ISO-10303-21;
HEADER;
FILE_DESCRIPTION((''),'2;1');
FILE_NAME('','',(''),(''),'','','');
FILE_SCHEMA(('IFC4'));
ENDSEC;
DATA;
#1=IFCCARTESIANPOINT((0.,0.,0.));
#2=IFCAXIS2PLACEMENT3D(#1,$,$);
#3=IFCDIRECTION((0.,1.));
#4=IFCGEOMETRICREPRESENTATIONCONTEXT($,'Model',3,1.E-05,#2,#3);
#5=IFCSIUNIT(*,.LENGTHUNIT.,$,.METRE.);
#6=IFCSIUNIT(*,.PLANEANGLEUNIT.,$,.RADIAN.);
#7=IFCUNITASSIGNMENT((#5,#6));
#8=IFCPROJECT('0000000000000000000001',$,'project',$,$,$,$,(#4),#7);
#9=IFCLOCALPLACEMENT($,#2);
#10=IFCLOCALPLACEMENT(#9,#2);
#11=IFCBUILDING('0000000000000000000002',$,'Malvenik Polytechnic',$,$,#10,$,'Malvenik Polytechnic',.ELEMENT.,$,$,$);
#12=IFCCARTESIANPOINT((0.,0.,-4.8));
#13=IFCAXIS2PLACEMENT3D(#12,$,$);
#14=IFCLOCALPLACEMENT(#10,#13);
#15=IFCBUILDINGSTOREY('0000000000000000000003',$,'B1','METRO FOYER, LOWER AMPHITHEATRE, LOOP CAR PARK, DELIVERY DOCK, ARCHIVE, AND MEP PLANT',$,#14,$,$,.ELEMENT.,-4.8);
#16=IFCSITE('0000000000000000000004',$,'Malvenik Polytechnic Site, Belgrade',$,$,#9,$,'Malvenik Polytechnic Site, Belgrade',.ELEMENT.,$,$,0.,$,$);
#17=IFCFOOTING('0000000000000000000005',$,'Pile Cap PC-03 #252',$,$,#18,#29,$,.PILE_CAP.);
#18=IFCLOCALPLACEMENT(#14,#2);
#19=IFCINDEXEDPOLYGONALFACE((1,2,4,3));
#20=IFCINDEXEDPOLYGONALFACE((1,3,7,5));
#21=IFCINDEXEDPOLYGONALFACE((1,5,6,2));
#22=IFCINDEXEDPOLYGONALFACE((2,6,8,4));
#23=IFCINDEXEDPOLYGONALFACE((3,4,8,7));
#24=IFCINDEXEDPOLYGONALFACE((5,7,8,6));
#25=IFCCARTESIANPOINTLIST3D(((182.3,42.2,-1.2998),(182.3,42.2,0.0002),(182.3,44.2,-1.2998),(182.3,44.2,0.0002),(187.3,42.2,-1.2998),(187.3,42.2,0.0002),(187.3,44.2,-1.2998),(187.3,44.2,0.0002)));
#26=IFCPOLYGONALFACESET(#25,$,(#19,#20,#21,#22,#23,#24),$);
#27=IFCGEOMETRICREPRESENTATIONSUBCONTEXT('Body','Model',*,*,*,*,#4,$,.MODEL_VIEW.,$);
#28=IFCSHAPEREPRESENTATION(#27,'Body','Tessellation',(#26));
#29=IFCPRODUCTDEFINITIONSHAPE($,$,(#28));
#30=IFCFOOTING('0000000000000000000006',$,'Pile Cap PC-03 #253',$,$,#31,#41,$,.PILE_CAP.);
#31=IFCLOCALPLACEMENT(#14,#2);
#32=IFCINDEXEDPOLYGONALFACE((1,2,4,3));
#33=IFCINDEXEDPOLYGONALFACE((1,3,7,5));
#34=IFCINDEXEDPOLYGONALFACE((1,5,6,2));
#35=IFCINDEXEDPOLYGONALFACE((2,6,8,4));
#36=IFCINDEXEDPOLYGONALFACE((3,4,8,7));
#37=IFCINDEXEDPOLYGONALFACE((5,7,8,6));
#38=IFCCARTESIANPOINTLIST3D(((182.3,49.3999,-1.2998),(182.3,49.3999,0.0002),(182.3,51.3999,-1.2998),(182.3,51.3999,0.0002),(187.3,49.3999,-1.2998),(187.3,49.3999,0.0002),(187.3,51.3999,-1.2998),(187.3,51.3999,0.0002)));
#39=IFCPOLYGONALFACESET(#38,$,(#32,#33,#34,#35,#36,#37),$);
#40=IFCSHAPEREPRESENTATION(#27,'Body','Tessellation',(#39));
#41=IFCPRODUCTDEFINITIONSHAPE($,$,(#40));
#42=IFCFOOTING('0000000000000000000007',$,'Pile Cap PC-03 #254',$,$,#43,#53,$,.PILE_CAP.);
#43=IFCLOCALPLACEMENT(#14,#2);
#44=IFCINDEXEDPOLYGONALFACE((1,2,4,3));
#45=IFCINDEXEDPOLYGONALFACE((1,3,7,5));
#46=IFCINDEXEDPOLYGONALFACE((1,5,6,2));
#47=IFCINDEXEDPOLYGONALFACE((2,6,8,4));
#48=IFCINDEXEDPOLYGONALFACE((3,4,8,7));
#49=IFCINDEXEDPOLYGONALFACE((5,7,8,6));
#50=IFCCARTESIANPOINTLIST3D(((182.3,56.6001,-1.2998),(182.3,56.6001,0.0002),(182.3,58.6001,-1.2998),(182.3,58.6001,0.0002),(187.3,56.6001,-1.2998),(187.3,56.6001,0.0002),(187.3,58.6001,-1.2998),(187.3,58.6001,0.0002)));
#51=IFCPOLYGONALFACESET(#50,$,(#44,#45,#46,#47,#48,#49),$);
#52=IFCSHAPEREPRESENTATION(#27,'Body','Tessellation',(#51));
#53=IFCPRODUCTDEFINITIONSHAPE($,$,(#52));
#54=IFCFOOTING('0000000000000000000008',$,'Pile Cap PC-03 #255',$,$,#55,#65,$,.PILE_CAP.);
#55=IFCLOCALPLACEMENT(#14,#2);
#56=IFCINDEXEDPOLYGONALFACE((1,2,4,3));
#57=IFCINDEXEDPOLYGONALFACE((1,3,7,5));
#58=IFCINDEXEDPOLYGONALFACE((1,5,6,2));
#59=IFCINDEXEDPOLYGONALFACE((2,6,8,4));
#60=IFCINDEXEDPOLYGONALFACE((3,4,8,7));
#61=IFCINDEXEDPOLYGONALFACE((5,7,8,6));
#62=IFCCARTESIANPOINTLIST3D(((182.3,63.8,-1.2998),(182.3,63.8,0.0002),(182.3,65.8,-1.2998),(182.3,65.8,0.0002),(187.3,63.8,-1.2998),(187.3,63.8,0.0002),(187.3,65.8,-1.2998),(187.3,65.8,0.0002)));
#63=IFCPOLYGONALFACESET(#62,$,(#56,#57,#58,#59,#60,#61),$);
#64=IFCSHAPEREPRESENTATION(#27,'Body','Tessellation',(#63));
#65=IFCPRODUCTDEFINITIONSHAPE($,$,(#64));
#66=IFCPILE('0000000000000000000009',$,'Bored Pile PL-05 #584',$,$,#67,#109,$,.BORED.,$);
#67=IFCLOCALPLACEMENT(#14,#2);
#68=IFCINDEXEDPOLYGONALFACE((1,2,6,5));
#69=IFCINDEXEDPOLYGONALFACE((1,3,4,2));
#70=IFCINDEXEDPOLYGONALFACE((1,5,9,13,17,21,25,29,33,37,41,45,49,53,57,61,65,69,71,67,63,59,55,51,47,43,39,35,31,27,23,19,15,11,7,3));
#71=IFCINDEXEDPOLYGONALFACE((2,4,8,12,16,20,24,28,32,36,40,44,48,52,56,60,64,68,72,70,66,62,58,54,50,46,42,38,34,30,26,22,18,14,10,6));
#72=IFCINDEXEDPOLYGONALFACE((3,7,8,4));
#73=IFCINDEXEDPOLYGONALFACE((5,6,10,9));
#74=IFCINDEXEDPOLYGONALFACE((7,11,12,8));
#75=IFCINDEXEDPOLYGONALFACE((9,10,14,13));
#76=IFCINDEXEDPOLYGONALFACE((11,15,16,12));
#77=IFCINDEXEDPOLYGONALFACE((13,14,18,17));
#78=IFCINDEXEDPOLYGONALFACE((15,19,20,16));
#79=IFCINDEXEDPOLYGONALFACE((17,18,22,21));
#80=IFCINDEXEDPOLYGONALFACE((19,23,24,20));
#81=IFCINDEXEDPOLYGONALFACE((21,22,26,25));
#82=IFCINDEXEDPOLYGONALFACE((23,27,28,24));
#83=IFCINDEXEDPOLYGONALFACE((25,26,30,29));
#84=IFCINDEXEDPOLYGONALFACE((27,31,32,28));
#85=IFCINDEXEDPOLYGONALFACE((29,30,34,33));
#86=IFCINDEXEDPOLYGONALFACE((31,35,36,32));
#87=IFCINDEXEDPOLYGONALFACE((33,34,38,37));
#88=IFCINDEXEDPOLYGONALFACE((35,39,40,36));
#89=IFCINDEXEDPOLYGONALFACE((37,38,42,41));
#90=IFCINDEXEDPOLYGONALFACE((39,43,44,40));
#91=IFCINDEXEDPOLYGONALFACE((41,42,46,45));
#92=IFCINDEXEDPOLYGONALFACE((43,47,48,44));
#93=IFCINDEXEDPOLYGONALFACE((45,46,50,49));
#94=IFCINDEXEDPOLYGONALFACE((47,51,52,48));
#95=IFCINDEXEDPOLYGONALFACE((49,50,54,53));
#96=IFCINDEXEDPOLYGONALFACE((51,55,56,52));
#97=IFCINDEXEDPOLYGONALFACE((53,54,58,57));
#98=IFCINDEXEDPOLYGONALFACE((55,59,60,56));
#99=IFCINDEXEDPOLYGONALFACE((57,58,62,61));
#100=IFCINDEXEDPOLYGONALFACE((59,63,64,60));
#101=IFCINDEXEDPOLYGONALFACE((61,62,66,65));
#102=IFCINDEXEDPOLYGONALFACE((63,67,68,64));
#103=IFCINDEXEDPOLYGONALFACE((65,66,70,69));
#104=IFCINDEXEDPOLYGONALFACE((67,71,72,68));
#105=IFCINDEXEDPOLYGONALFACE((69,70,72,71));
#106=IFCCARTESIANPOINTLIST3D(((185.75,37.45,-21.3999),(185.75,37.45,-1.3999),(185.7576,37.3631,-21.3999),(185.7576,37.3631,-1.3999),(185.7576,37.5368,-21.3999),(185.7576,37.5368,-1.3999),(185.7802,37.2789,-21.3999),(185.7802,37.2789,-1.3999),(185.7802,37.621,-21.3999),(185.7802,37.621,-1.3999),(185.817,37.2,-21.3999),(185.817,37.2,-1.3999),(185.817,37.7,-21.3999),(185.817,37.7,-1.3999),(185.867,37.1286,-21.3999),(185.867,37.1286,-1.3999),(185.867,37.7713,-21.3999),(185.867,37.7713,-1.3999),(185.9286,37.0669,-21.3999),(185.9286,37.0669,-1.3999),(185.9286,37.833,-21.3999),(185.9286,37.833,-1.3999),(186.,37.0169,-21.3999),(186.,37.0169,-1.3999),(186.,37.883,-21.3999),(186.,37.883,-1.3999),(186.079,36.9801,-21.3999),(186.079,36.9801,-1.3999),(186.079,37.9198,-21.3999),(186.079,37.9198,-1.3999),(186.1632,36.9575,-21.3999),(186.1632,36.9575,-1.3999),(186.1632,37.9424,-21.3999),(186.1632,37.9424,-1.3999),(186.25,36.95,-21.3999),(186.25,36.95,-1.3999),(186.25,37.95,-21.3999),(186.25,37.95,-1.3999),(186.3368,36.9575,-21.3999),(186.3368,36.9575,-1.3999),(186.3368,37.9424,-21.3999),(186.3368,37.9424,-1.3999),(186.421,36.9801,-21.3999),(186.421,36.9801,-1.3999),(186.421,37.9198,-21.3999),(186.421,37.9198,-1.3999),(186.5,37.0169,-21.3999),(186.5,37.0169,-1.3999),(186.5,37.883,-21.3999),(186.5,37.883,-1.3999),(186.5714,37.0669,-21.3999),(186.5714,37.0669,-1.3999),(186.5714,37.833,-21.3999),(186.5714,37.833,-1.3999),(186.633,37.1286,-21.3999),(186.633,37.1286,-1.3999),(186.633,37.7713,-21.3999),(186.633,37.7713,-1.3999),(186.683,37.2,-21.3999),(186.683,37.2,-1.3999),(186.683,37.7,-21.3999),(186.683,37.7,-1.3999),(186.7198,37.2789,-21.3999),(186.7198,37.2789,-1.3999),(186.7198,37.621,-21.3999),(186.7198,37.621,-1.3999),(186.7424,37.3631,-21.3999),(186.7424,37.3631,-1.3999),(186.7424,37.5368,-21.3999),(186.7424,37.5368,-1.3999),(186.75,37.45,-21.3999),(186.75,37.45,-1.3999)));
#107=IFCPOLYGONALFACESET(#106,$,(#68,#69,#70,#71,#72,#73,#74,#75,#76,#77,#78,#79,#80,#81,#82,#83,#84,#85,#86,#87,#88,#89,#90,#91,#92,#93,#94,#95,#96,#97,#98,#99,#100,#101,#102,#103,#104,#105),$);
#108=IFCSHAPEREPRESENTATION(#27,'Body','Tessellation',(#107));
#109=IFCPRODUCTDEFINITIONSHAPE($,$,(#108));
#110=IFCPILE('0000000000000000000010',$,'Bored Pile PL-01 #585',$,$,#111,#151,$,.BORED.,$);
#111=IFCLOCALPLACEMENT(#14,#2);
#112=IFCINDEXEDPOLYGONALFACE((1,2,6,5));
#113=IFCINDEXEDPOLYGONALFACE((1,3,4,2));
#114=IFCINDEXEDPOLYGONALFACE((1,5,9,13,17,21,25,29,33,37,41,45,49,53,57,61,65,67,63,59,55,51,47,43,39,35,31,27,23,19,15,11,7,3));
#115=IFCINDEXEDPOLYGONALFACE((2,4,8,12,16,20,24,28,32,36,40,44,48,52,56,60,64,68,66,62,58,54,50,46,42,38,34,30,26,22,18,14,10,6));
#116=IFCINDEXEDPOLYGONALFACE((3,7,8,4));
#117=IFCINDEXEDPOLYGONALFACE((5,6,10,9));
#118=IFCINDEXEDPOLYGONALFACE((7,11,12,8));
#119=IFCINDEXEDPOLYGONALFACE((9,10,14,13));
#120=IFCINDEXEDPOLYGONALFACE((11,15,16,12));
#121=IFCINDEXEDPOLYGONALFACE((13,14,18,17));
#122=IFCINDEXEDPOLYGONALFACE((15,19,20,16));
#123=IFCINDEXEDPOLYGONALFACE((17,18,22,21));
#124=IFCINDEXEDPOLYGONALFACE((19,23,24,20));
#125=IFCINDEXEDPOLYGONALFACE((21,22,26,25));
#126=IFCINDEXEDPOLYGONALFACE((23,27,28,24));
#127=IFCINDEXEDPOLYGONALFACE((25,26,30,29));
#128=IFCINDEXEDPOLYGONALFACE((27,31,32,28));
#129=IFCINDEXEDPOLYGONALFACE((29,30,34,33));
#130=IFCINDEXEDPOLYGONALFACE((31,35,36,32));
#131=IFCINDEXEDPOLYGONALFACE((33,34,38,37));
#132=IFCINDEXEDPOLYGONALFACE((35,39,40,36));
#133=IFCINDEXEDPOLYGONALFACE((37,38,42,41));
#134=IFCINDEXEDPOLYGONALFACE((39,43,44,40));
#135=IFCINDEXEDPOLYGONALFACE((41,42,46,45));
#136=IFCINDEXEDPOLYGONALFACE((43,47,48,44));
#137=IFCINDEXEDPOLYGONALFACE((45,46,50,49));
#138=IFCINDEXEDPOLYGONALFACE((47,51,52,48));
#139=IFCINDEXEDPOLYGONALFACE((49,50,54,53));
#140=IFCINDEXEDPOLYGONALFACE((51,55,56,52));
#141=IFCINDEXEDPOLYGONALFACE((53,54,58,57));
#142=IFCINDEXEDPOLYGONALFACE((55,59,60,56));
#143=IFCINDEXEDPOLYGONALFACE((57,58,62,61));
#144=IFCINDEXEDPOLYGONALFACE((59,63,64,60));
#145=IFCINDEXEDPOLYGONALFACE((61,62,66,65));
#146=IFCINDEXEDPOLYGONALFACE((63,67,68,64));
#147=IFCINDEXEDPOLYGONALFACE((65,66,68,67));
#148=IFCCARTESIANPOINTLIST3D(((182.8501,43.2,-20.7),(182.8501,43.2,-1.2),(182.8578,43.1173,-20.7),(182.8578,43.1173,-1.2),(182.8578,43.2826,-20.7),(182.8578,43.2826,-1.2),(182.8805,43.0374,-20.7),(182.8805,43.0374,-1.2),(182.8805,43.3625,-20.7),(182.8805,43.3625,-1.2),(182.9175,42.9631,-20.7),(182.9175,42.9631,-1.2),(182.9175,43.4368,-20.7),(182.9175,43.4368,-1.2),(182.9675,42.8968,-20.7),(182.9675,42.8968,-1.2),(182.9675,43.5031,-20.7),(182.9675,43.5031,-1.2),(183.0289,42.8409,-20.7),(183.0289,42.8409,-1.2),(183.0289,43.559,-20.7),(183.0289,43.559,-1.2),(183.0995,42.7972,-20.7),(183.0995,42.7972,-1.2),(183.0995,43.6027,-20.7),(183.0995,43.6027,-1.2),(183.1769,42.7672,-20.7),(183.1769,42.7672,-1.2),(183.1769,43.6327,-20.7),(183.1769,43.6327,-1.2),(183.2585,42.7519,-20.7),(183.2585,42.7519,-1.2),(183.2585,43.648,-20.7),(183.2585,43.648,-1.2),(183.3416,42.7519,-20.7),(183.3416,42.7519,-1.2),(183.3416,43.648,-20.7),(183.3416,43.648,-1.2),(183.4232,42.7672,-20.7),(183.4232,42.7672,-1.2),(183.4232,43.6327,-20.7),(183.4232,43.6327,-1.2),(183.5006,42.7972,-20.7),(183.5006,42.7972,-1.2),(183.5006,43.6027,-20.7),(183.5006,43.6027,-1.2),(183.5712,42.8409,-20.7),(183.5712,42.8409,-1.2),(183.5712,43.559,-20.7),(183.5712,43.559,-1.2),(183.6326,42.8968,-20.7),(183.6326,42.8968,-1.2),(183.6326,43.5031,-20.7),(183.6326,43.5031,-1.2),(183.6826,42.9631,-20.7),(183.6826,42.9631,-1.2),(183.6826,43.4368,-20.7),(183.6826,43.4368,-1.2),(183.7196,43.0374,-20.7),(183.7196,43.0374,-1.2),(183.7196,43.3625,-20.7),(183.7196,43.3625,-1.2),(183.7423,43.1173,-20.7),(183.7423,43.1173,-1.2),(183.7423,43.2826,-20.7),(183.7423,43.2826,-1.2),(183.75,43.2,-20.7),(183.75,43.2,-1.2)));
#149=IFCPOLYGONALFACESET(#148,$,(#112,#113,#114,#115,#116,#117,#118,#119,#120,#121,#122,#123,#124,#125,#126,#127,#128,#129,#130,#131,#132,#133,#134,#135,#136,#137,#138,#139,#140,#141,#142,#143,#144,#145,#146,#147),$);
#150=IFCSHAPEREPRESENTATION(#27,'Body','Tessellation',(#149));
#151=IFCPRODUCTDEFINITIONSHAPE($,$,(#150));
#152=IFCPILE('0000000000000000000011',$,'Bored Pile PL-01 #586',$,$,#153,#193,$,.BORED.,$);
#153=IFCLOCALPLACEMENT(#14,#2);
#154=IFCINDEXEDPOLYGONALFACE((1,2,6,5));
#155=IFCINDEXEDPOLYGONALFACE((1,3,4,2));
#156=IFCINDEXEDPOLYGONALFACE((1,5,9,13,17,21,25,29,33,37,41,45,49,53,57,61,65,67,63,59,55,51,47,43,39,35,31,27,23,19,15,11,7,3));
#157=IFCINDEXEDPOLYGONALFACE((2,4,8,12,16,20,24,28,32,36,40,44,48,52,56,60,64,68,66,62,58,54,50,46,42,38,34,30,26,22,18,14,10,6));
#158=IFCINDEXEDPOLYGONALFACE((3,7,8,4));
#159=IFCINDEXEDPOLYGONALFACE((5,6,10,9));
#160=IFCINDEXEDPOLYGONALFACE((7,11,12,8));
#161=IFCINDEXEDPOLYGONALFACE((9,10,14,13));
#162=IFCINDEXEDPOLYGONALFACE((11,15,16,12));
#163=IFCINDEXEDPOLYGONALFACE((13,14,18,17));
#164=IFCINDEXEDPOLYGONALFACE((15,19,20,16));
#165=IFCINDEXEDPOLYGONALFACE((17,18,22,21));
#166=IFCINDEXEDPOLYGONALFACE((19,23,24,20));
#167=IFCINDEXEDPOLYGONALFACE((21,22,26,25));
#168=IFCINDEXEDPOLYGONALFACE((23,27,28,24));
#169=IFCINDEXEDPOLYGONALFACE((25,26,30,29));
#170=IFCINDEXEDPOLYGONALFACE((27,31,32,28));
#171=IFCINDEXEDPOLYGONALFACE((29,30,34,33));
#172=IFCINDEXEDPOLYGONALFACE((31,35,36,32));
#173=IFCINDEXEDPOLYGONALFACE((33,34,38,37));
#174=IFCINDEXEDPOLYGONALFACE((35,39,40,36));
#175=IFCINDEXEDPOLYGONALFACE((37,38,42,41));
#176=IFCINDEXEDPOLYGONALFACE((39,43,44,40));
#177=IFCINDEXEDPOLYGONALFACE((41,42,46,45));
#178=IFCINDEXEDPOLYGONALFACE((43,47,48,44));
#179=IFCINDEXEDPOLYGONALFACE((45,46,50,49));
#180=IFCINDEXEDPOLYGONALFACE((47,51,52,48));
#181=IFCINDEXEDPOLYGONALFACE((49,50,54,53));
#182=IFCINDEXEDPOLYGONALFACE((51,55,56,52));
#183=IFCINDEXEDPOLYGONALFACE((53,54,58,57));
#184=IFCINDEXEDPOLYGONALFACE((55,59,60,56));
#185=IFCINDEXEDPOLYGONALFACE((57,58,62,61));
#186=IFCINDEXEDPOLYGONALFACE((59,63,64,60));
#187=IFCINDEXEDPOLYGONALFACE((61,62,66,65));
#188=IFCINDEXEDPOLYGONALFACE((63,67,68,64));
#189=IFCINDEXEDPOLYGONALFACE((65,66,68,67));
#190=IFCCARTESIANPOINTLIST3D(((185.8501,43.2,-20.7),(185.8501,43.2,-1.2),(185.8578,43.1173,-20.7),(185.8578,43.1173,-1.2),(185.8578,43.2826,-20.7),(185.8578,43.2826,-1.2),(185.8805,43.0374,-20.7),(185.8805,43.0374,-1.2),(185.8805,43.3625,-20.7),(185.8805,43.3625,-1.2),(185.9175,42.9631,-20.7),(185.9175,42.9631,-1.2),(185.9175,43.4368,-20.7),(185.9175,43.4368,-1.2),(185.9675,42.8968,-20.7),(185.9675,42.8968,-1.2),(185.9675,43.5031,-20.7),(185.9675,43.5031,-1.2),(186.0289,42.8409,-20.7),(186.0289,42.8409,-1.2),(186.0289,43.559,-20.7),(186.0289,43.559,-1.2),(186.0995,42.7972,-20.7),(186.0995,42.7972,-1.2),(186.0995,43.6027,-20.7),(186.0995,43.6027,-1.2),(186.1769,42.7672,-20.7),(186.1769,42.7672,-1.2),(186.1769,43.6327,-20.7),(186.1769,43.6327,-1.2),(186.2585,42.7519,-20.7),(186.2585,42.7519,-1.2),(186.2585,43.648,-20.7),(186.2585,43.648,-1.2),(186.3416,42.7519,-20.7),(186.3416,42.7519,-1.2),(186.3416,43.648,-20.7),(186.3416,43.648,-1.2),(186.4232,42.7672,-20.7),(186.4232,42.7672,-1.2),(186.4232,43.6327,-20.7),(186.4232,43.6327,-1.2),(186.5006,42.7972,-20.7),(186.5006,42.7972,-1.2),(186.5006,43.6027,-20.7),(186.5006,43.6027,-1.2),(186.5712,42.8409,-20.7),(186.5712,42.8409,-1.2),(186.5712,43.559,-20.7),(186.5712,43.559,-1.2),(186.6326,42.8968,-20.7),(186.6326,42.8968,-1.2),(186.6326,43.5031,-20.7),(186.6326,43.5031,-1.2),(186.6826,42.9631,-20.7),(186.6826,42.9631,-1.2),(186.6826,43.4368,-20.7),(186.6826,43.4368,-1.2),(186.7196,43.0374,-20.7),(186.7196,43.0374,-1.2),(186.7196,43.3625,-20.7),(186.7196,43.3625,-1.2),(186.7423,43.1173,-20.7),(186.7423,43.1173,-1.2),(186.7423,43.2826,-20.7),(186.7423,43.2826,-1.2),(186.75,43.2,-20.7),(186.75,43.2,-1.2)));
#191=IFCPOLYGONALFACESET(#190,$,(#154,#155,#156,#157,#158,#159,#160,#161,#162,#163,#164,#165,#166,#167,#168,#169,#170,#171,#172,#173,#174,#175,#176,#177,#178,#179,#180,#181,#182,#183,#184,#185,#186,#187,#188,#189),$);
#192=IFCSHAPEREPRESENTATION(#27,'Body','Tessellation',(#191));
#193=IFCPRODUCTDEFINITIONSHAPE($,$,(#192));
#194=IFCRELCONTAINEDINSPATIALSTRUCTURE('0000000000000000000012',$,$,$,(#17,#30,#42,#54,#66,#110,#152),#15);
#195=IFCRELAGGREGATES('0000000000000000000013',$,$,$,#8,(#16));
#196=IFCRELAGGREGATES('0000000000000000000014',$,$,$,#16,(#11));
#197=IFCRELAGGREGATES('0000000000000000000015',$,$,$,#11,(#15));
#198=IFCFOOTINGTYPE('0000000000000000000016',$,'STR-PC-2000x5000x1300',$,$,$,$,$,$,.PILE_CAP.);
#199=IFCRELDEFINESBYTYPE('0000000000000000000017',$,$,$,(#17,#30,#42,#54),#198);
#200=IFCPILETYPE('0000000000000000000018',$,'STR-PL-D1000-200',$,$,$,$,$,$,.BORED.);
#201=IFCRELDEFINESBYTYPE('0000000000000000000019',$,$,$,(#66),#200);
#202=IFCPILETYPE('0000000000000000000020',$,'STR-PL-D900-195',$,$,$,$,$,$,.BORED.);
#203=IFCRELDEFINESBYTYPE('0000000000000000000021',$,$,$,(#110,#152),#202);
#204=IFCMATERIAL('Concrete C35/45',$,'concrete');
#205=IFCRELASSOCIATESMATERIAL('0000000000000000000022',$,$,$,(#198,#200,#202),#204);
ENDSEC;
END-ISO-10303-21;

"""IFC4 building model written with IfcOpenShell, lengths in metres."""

from ifc_helpers import new_model, si_unit, direction, frame, origin, origin_2d, place, context, subcontext, project, spatial, rectangle, circle, extrude, material, material_profile, profile_set, type_object, element, save


model = new_model("IFC4")

# Units and contexts
model_context = context("Model", 3, precision=1e-05, world=origin(), true_north=direction((0.0, 1.0)))
body_context = subcontext(model_context, "Body", "Model", "MODEL_VIEW")
ifc_project = project(units=[si_unit("LENGTHUNIT", "METRE"), si_unit("PLANEANGLEUNIT", "RADIAN")], contexts=[model_context])

# Site, building, storey
site_placement = place(None, origin())
site = spatial("IfcSite", under=ifc_project, at=site_placement, Name="Malvenik Polytechnic Site, Belgrade", LongName="Malvenik Polytechnic Site, Belgrade", CompositionType="ELEMENT", RefElevation=0.0)
building_placement = place(site_placement, origin())
building = spatial("IfcBuilding", under=site, at=building_placement, Name="Malvenik Polytechnic", LongName="Malvenik Polytechnic", CompositionType="ELEMENT")
storey_placement = place(building_placement, frame((0.0, 0.0, -4.8)))
storey = spatial("IfcBuildingStorey", under=building, at=storey_placement, Name="B1", Description="METRO FOYER, LOWER AMPHITHEATRE, LOOP CAR PARK, DELIVERY DOCK, ARCHIVE, AND MEP PLANT", CompositionType="ELEMENT", Elevation=-4.8)

# Footings
ifc_material = material(Name="Concrete C35/45", Category="concrete")
footing_type = type_object("IfcFootingType", Name="STR-PC-2000x5000x1300", PredefinedType="PILE_CAP", material=ifc_material)
for number, where, z_axis, x_axis, name in (
    (1, (184.8, 43.2, -1.2998), (0.0, 0.0, 1.0), (1.0, 0.0, 0.0), "Pile Cap PC-03 #252"),
    (2, (184.8, 50.3999, -1.2998), (0.0, 0.0, 1.0), (1.0, 0.0, 0.0), "Pile Cap PC-03 #253"),
    (3, (184.8, 57.6001, -1.2998), (0.0, 0.0, 1.0), (1.0, 0.0, 0.0), "Pile Cap PC-03 #254"),
    (4, (184.8, 64.8, -1.2998), (0.0, 0.0, 1.0), (1.0, 0.0, 0.0), "Pile Cap PC-03 #255"),
):
    element("IfcFooting", number, at=place(storey_placement, frame(where, z_axis=z_axis, x_axis=x_axis)), inside=storey, type_object=footing_type, Name=name, PredefinedType="PILE_CAP", context=body_context, shape_type="SweptSolid", body=[
        extrude(rectangle(XDim=5.0, YDim=2.0, at=origin_2d()), origin(), (0.0, 0.0, 1.0), 1.3),
    ])

# Piles
ifc_material_profile_1 = material_profile(ifc_material, circle(Radius=0.5, at=origin_2d()), Name="BORED PILE D1000")
ifc_profile_set_1 = profile_set([ifc_material_profile_1], Name="Concrete C35/45")
pile_type_1 = type_object("IfcPileType", Name="STR-PL-D1000-200", PredefinedType="BORED", material=ifc_profile_set_1)
pile_placement = place(storey_placement, frame((186.25, 37.45, -1.3999), z_axis=(0.0, 0.0, -1.0), x_axis=(1.0, 0.0, 0.0)))
element("IfcPile", 5, at=pile_placement, inside=storey, type_object=pile_type_1, Name="Bored Pile PL-05 #584", PredefinedType="BORED", context=body_context, shape_type="SweptSolid", body=[
    extrude(circle(Radius=0.5, at=origin_2d()), origin(), (0.0, 0.0, 1.0), 20.0),
])
ifc_material_profile_2 = material_profile(ifc_material, circle(Radius=0.45, at=origin_2d()), Name="BORED PILE D900")
ifc_profile_set_2 = profile_set([ifc_material_profile_2], Name="Concrete C35/45")
pile_type_2 = type_object("IfcPileType", Name="STR-PL-D900-195", PredefinedType="BORED", material=ifc_profile_set_2)
for number, where, z_axis, x_axis, name in (
    (6, (183.3, 43.2, -1.2), (0.0, 0.0, -1.0), (1.0, 0.0, 0.0), "Bored Pile PL-01 #585"),
    (7, (186.3, 43.2, -1.2), (0.0, 0.0, -1.0), (1.0, 0.0, 0.0), "Bored Pile PL-01 #586"),
):
    element("IfcPile", number, at=place(storey_placement, frame(where, z_axis=z_axis, x_axis=x_axis)), inside=storey, type_object=pile_type_2, Name=name, PredefinedType="BORED", context=body_context, shape_type="SweptSolid", body=[
        extrude(circle(Radius=0.45, at=origin_2d()), origin(), (0.0, 0.0, 1.0), 19.5),
    ])

save(model, "model.ifc")
